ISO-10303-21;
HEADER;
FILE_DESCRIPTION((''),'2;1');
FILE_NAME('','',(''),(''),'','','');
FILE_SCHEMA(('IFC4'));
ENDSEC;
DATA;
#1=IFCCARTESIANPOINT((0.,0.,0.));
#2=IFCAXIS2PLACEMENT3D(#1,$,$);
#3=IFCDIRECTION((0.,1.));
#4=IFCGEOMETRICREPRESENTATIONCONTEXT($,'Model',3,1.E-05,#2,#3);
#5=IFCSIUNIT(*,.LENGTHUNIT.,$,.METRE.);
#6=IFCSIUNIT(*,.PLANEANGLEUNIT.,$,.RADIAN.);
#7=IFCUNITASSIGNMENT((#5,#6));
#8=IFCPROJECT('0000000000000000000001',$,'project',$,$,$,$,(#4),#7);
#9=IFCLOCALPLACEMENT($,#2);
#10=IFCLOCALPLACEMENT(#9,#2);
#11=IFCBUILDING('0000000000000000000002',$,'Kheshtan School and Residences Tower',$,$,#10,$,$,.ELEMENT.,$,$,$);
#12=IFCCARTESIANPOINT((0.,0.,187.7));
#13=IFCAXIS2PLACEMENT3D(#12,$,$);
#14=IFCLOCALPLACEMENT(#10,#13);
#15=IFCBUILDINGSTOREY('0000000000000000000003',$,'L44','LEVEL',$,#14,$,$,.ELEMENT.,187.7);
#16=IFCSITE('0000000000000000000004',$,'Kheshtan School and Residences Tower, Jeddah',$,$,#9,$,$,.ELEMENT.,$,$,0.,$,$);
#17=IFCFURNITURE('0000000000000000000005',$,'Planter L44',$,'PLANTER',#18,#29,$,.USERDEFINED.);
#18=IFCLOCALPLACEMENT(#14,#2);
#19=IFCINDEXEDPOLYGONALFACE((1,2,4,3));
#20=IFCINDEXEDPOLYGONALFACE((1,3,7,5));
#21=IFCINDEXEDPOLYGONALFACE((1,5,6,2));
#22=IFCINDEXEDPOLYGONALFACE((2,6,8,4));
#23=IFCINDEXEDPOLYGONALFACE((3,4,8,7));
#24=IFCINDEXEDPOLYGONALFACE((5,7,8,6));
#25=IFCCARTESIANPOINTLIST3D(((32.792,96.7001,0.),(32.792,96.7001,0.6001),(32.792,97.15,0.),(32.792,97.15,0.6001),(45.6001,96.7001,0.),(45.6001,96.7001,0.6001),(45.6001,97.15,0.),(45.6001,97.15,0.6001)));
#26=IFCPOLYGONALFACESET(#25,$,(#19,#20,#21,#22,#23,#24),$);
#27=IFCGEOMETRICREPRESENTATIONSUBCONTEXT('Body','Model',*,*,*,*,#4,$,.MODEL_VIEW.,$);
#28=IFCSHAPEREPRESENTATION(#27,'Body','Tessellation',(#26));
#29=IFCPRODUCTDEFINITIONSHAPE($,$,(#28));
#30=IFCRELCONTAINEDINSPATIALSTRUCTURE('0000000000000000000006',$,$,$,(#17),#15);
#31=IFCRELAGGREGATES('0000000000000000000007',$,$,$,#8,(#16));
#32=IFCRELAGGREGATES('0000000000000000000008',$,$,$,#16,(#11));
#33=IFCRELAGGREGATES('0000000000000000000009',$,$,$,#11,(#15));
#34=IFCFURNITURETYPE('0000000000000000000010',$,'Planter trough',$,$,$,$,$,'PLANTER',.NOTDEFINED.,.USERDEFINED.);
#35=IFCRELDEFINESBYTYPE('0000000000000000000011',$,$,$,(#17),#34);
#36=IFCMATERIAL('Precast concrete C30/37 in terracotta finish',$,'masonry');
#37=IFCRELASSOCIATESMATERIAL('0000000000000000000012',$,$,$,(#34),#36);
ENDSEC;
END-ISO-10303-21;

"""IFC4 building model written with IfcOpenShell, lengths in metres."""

from ifc_helpers import new_model, si_unit, direction, frame, origin, origin_2d, place, context, subcontext, project, spatial, rectangle, extrude, material, type_object, element, save


model = new_model("IFC4")

# Units and contexts
model_context = context("Model", 3, precision=1e-05, world=origin(), true_north=direction((0.0, 1.0)))
body_context = subcontext(model_context, "Body", "Model", "MODEL_VIEW")
ifc_project = project(units=[si_unit("LENGTHUNIT", "METRE"), si_unit("PLANEANGLEUNIT", "RADIAN")], contexts=[model_context])

# Site, building, storey
site_placement = place(None, origin())
site = spatial("IfcSite", under=ifc_project, at=site_placement, Name="Kheshtan School and Residences Tower, Jeddah", CompositionType="ELEMENT", RefElevation=0.0)
building_placement = place(site_placement, origin())
building = spatial("IfcBuilding", under=site, at=building_placement, Name="Kheshtan School and Residences Tower", CompositionType="ELEMENT")
storey_placement = place(building_placement, frame((0.0, 0.0, 187.7)))
storey = spatial("IfcBuildingStorey", under=building, at=storey_placement, Name="L44", Description="LEVEL", CompositionType="ELEMENT", Elevation=187.7)

# Furniture
ifc_material_1 = material(Name="Precast concrete C30/37 in terracotta finish", Category="masonry")
furniture_type = type_object("IfcFurnitureType", Name="Planter trough", ElementType="PLANTER", AssemblyPlace="NOTDEFINED", PredefinedType="USERDEFINED", material=ifc_material_1)
furniture_placement = place(storey_placement, frame((39.196, 96.925, 0.0), z_axis=(0.0, 0.0, 1.0), x_axis=(1.0, 0.0, 0.0)))
element("IfcFurniture", 1, at=furniture_placement, inside=storey, type_object=furniture_type, Name="Planter L44", ObjectType="PLANTER", PredefinedType="USERDEFINED", context=body_context, shape_type="SweptSolid", body=[
    extrude(rectangle(XDim=12.8081, YDim=0.45, at=origin_2d()), origin(), (0.0, 0.0, 1.0), 0.6001),
])

save(model, "model.ifc")
